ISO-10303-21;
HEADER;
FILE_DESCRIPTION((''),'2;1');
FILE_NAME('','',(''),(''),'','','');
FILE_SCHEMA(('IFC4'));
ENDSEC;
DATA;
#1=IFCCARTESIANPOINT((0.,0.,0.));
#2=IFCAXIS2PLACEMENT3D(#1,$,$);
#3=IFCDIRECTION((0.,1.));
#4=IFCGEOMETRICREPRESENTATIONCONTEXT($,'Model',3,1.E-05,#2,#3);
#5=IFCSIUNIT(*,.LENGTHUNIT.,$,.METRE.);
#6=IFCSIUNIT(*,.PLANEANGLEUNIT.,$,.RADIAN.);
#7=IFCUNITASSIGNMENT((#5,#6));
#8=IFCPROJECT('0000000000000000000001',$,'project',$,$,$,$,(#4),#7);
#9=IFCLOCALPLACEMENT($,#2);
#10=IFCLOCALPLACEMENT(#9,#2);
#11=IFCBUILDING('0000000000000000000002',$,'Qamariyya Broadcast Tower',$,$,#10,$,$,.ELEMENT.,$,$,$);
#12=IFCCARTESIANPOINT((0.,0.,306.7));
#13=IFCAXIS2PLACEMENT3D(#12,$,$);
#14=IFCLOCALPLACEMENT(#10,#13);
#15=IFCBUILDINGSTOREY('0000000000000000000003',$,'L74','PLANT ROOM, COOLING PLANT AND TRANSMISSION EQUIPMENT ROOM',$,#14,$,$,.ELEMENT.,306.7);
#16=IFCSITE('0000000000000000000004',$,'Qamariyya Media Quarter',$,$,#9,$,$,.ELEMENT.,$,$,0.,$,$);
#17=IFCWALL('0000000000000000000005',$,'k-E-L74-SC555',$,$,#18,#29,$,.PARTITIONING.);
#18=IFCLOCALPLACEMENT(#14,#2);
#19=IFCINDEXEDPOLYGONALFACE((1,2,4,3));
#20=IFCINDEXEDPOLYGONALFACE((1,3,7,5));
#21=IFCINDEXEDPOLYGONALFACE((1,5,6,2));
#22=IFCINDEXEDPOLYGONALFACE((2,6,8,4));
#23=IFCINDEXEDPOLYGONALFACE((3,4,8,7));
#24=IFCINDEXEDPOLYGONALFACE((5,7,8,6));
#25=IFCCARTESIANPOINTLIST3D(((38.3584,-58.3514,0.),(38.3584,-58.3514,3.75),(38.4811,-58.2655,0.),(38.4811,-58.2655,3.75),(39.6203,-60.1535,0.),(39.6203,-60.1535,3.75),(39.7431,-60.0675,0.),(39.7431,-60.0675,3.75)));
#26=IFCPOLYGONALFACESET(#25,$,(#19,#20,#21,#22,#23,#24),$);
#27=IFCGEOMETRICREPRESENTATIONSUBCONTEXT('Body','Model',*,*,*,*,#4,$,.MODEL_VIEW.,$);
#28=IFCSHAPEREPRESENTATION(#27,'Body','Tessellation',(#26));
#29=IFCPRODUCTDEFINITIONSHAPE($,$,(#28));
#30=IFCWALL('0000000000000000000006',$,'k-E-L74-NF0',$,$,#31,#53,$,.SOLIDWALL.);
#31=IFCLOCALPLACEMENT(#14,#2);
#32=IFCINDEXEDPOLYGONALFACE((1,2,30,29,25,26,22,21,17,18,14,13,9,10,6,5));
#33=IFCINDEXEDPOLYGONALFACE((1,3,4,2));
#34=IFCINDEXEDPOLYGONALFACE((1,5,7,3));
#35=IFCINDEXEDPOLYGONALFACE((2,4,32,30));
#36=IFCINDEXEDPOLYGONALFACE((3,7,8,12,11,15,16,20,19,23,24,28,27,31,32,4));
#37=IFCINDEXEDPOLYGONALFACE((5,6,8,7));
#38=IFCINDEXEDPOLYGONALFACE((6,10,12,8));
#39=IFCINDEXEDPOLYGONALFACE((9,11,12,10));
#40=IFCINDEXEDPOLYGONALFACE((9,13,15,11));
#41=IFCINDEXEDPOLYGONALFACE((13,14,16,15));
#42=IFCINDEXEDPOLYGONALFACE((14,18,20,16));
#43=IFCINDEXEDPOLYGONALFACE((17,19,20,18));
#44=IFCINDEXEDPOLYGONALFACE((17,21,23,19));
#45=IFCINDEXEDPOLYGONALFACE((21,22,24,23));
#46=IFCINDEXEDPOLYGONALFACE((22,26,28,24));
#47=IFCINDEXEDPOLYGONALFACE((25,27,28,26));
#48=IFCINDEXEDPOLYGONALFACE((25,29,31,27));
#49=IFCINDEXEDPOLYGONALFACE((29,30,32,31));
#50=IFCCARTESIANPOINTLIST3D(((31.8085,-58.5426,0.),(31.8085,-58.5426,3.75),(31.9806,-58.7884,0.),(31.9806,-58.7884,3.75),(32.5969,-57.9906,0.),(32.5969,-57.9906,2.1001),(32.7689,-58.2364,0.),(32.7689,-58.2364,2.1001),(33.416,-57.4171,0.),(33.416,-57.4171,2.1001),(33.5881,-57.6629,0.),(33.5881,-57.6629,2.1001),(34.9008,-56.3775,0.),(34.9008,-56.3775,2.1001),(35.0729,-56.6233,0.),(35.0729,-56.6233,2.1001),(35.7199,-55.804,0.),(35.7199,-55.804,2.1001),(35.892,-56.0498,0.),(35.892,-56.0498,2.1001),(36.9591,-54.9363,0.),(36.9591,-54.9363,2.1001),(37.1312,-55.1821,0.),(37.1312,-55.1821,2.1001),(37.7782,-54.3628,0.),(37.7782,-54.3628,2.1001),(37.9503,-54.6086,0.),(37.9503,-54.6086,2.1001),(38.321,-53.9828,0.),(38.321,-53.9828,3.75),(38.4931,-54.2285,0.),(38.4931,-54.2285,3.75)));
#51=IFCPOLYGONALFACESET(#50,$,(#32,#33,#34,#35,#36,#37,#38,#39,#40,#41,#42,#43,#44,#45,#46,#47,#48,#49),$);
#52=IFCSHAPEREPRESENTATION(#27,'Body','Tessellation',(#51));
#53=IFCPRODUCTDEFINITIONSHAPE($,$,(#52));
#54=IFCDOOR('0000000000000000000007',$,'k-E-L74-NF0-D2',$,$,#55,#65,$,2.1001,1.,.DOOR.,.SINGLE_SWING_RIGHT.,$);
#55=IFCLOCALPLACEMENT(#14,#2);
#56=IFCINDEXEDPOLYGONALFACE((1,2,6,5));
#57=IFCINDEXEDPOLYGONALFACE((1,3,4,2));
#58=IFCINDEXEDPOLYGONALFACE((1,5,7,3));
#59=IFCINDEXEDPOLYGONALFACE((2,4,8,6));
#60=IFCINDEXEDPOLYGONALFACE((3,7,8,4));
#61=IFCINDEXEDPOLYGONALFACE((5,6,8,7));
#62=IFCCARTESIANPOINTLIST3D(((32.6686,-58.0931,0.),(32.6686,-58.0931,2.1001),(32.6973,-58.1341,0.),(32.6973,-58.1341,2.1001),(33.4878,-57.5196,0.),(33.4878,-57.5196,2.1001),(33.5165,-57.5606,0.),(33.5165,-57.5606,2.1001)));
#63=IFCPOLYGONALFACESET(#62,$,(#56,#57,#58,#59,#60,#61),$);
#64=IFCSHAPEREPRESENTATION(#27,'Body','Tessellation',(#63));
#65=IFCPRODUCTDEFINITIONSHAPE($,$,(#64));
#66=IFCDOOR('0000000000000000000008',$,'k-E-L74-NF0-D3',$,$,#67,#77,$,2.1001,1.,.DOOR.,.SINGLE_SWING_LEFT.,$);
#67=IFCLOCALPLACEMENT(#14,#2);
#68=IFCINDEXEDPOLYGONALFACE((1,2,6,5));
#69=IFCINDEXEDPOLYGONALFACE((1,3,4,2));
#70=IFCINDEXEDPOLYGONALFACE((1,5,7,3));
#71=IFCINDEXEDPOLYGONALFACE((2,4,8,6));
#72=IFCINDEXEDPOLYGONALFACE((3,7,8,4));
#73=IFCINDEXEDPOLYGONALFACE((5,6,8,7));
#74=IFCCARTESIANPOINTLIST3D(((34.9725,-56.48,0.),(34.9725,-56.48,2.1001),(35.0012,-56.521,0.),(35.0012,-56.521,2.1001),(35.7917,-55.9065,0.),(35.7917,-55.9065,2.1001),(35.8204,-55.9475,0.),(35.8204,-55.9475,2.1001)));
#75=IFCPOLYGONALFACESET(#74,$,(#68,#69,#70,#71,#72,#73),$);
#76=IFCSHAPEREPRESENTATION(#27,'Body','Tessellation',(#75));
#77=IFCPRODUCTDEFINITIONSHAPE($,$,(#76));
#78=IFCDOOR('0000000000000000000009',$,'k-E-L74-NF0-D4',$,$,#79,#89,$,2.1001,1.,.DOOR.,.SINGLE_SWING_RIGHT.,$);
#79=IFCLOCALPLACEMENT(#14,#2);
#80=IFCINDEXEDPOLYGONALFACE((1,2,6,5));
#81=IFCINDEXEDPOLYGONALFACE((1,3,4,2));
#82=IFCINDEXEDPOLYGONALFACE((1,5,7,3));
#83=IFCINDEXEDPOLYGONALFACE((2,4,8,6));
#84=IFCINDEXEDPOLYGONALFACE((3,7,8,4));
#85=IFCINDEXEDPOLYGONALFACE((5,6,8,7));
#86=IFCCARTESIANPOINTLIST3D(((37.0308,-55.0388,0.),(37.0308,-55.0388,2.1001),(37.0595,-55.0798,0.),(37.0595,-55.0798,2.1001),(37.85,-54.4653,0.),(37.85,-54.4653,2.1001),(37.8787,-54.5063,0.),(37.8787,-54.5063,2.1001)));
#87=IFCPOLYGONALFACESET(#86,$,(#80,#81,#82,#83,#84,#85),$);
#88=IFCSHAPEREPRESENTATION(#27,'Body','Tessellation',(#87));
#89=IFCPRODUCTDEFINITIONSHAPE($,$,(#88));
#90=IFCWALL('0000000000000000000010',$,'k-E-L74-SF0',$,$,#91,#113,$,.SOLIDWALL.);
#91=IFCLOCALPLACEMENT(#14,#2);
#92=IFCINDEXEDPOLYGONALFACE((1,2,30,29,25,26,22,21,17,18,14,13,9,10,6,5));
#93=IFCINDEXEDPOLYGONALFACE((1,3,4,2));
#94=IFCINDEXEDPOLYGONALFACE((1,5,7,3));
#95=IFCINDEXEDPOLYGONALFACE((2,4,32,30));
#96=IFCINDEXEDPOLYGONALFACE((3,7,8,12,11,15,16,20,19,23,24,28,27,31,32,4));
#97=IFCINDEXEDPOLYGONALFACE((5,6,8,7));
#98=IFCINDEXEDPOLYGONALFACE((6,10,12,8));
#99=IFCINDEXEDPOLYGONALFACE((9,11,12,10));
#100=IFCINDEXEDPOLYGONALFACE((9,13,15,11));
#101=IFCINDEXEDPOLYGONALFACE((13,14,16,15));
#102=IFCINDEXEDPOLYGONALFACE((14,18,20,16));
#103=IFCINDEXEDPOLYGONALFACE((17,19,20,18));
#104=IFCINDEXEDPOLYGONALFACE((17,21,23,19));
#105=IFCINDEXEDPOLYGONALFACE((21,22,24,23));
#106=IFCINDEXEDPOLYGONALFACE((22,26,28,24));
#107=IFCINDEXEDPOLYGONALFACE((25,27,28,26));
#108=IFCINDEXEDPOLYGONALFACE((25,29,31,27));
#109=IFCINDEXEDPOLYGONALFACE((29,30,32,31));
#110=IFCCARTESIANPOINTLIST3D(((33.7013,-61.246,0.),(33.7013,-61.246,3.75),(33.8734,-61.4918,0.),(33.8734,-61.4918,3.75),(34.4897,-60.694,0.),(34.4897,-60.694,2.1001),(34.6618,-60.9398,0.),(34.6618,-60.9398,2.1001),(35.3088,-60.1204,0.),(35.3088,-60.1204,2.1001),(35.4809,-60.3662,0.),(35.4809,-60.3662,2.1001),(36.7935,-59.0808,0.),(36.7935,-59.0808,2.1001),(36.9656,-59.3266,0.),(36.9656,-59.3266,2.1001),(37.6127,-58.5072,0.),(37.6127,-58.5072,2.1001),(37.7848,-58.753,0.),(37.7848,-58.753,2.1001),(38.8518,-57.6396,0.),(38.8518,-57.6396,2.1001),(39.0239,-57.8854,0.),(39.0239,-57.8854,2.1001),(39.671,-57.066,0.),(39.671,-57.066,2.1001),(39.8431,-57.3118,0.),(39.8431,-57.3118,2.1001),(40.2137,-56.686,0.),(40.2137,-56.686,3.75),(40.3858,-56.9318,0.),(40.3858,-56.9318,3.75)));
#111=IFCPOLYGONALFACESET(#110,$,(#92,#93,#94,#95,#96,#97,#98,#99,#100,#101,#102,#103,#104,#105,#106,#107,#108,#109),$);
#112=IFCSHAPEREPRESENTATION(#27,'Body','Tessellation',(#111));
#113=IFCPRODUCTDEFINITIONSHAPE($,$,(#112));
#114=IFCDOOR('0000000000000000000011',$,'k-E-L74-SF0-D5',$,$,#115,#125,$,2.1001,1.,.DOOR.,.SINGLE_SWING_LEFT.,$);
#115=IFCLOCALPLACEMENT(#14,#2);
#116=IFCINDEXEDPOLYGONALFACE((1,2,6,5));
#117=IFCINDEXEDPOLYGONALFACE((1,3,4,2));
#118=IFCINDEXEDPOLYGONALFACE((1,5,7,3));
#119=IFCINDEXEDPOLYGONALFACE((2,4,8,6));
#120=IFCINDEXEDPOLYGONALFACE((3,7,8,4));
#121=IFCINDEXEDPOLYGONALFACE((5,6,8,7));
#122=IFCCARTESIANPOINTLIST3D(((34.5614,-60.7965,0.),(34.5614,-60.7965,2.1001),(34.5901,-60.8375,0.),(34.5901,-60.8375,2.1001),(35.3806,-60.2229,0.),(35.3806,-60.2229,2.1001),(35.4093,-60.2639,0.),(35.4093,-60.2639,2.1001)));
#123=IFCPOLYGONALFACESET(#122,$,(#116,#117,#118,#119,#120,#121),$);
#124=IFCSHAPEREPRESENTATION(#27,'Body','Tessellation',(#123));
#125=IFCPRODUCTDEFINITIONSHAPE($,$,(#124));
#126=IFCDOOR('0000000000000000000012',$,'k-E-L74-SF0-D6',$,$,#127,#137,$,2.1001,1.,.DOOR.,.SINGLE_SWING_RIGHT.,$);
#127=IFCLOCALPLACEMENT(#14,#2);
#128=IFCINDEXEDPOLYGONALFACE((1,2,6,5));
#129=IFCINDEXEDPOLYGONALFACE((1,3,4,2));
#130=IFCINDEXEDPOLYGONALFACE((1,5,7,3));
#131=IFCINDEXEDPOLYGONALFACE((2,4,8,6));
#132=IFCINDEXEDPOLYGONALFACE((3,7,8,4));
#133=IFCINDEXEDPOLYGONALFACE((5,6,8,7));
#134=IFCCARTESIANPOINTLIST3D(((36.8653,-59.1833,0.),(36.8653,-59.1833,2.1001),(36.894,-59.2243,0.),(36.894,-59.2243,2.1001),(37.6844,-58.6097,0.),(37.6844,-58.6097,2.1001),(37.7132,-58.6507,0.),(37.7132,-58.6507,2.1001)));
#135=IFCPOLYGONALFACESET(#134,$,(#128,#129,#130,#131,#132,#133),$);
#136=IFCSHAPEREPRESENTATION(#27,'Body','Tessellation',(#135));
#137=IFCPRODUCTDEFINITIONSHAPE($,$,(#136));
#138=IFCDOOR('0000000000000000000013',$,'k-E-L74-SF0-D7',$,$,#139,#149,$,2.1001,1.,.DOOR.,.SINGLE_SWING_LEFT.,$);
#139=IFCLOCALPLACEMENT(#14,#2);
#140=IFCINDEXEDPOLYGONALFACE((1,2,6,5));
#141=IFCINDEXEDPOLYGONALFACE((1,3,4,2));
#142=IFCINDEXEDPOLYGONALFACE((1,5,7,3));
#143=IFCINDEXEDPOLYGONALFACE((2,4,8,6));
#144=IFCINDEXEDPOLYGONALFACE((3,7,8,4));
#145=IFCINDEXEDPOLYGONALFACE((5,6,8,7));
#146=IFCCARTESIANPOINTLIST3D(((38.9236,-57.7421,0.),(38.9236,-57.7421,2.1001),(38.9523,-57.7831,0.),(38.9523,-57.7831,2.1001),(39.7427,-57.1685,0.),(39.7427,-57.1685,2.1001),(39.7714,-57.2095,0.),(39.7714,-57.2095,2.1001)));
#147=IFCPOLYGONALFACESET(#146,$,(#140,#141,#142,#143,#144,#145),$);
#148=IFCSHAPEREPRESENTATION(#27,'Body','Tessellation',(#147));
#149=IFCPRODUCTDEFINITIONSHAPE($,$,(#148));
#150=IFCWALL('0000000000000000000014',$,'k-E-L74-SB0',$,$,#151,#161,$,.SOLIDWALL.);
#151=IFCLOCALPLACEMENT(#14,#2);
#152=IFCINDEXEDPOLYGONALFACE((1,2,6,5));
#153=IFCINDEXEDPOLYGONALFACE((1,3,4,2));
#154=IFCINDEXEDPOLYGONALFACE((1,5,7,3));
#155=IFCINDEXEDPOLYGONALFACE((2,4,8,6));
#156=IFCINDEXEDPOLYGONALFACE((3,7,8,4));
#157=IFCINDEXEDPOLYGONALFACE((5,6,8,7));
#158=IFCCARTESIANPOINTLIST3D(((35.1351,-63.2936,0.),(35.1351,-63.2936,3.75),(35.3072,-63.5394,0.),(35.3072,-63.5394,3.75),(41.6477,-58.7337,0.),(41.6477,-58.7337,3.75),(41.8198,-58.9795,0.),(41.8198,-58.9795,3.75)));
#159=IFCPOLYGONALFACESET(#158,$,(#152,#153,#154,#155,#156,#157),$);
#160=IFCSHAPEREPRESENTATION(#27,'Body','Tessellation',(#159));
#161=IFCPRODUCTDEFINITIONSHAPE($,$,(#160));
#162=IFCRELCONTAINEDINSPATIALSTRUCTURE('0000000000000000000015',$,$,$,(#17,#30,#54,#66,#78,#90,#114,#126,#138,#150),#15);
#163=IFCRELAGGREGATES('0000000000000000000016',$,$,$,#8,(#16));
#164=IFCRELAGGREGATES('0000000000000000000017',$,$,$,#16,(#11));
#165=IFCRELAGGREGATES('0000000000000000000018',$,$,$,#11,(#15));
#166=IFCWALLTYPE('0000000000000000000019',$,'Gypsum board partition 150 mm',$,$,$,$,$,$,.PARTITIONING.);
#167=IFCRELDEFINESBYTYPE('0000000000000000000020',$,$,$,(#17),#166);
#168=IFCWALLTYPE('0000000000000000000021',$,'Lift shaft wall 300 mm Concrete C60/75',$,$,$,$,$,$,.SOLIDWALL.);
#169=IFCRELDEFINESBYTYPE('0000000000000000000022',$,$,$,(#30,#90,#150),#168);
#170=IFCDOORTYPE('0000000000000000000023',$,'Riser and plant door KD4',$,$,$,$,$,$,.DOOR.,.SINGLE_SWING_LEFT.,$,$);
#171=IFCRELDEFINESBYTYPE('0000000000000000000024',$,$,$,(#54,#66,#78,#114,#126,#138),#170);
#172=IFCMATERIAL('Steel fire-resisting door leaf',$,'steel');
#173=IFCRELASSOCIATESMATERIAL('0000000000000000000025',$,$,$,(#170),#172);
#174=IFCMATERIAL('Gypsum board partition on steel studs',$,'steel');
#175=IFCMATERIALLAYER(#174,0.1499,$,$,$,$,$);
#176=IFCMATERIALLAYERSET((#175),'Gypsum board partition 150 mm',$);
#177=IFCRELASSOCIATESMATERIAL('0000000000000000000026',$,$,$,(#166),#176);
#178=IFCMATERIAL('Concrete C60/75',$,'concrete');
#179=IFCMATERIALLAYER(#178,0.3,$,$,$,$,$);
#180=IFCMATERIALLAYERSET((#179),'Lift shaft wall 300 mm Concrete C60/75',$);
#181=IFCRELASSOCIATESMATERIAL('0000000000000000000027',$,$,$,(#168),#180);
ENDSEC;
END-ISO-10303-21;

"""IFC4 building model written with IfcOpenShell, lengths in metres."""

from ifc_helpers import new_model, si_unit, direction, frame, frame_2d, origin, place, context, subcontext, project, spatial, rectangle, extrude, material, layer, layer_set, type_object, element, fill, save


model = new_model("IFC4")

# Units and contexts
model_context = context("Model", 3, precision=1e-05, world=origin(), true_north=direction((0.0, 1.0)))
body_context = subcontext(model_context, "Body", "Model", "MODEL_VIEW")
ifc_project = project(units=[si_unit("LENGTHUNIT", "METRE"), si_unit("PLANEANGLEUNIT", "RADIAN")], contexts=[model_context])

# Site, building, storey
site_placement = place(None, origin())
site = spatial("IfcSite", under=ifc_project, at=site_placement, Name="Qamariyya Media Quarter", CompositionType="ELEMENT", RefElevation=0.0)
building_placement = place(site_placement, origin())
building = spatial("IfcBuilding", under=site, at=building_placement, Name="Qamariyya Broadcast Tower", CompositionType="ELEMENT")
storey_placement = place(building_placement, frame((0.0, 0.0, 306.7)))
storey = spatial("IfcBuildingStorey", under=building, at=storey_placement, Name="L74", Description="PLANT ROOM, COOLING PLANT AND TRANSMISSION EQUIPMENT ROOM", CompositionType="ELEMENT", Elevation=306.7)

# Shared definitions
ifc_material_1 = material(Name="Concrete C60/75", Category="concrete")
ifc_material_2 = material(Name="Steel fire-resisting door leaf", Category="steel")

# Shared definitions
door_type_1 = type_object("IfcDoorType", Name="Riser and plant door KD4", OperationType="SINGLE_SWING_LEFT", PredefinedType="DOOR", material=ifc_material_2)

# Wall
ifc_material_3 = material(Name="Gypsum board partition on steel studs", Category="steel")
ifc_layer_1 = layer(ifc_material_3, 0.1499)
ifc_layer_set_1 = layer_set([ifc_layer_1], Name="Gypsum board partition 150 mm")
wall_type_1 = type_object("IfcWallType", Name="Gypsum board partition 150 mm", PredefinedType="PARTITIONING", material=ifc_layer_set_1)
for number, where, z_axis, x_axis, name in (
    (1, (38.4197, -58.3083, 0.0), (0.0, 0.0, 1.0), (0.573634, -0.819112, 0.0), "k-E-L74-SC555"),
):
    element("IfcWall", number, at=place(storey_placement, frame(where, z_axis=z_axis, x_axis=x_axis)), inside=storey, type_object=wall_type_1, Name=name, PredefinedType="PARTITIONING", context=body_context, shape_type="SweptSolid", body=[
        extrude(rectangle(XDim=2.2, YDim=0.1499, at=frame_2d((1.1001, 0.0))), origin(), (0.0, 0.0, 1.0), 3.75),
    ])

# Walls, openings, doors
ifc_layer_2 = layer(ifc_material_1, 0.3)
ifc_layer_set_2 = layer_set([ifc_layer_2], Name="Lift shaft wall 300 mm Concrete C60/75")
wall_type_2 = type_object("IfcWallType", Name="Lift shaft wall 300 mm Concrete C60/75", PredefinedType="SOLIDWALL", material=ifc_layer_set_2)
wall_1_placement = place(storey_placement, frame((31.8945, -58.6655, 0.0), z_axis=(0.0, 0.0, 1.0), x_axis=(0.819167, 0.573555, 0.0)))
wall_1 = element("IfcWall", 2, at=wall_1_placement, inside=storey, type_object=wall_type_2, Name="k-E-L74-NF0", PredefinedType="SOLIDWALL", context=body_context, shape_type="SweptSolid", body=[
    extrude(rectangle(XDim=7.9502, YDim=0.3, at=frame_2d((3.9751, 0.0))), origin(), (0.0, 0.0, 1.0), 3.75),
])
opening_1_placement = place(wall_1_placement, frame((0.9624, 0.0, 0.0)))
opening_1 = element("IfcOpeningElement", 3, at=opening_1_placement, cuts=wall_1, PredefinedType="OPENING", context=body_context, shape_type="SweptSolid", body=[
    extrude(rectangle(XDim=1.0, YDim=2.1001, at=frame_2d((0.5, 1.05))), frame((0.0, 0.1599, 0.0), z_axis=(0.0, -1.0, 0.0), x_axis=(1.0, 0.0, 0.0)), (0.0, 0.0, 1.0), 0.3201),
])
opening_2_placement = place(wall_1_placement, frame((3.7749, 0.0, 0.0)))
opening_2 = element("IfcOpeningElement", 4, at=opening_2_placement, cuts=wall_1, PredefinedType="OPENING", context=body_context, shape_type="SweptSolid", body=[
    extrude(rectangle(XDim=1.0, YDim=2.1001, at=frame_2d((0.5, 1.05))), frame((0.0, 0.1599, 0.0), z_axis=(0.0, -1.0, 0.0), x_axis=(1.0, 0.0, 0.0)), (0.0, 0.0, 1.0), 0.3201),
])
opening_3_placement = place(wall_1_placement, frame((6.2876, 0.0, 0.0)))
opening_3 = element("IfcOpeningElement", 5, at=opening_3_placement, cuts=wall_1, PredefinedType="OPENING", context=body_context, shape_type="SweptSolid", body=[
    extrude(rectangle(XDim=1.0, YDim=2.1001, at=frame_2d((0.5, 1.05))), frame((0.0, 0.1599, 0.0), z_axis=(0.0, -1.0, 0.0), x_axis=(1.0, 0.0, 0.0)), (0.0, 0.0, 1.0), 0.3201),
])
door_1_placement = place(opening_1_placement, origin())
door_1 = element("IfcDoor", 6, at=door_1_placement, inside=storey, type_object=door_type_1, Name="k-E-L74-NF0-D2", OperationType="SINGLE_SWING_RIGHT", OverallHeight=2.1001, OverallWidth=1.0, PredefinedType="DOOR", context=body_context, shape_type="SweptSolid", body=[
    extrude(rectangle(XDim=1.0, YDim=2.1001, at=frame_2d((0.5, 1.05))), frame((0.0, 0.0249, 0.0), z_axis=(0.0, -1.0, 0.0), x_axis=(1.0, 0.0, 0.0)), (0.0, 0.0, 1.0), 0.05),
])
fill(opening_1, door_1)
door_2_placement = place(opening_2_placement, origin())
door_2 = element("IfcDoor", 7, at=door_2_placement, inside=storey, type_object=door_type_1, Name="k-E-L74-NF0-D3", OperationType="SINGLE_SWING_LEFT", OverallHeight=2.1001, OverallWidth=1.0, PredefinedType="DOOR", context=body_context, shape_type="SweptSolid", body=[
    extrude(rectangle(XDim=1.0, YDim=2.1001, at=frame_2d((0.5, 1.05))), frame((0.0, 0.0249, 0.0), z_axis=(0.0, -1.0, 0.0), x_axis=(1.0, 0.0, 0.0)), (0.0, 0.0, 1.0), 0.05),
])
fill(opening_2, door_2)
door_3_placement = place(opening_3_placement, origin())
door_3 = element("IfcDoor", 8, at=door_3_placement, inside=storey, type_object=door_type_1, Name="k-E-L74-NF0-D4", OperationType="SINGLE_SWING_RIGHT", OverallHeight=2.1001, OverallWidth=1.0, PredefinedType="DOOR", context=body_context, shape_type="SweptSolid", body=[
    extrude(rectangle(XDim=1.0, YDim=2.1001, at=frame_2d((0.5, 1.05))), frame((0.0, 0.0249, 0.0), z_axis=(0.0, -1.0, 0.0), x_axis=(1.0, 0.0, 0.0)), (0.0, 0.0, 1.0), 0.05),
])
fill(opening_3, door_3)
wall_2_placement = place(storey_placement, frame((33.7874, -61.3689, 0.0), z_axis=(0.0, 0.0, 1.0), x_axis=(0.819153, 0.573576, 0.0)))
wall_2 = element("IfcWall", 9, at=wall_2_placement, inside=storey, type_object=wall_type_2, Name="k-E-L74-SF0", PredefinedType="SOLIDWALL", context=body_context, shape_type="SweptSolid", body=[
    extrude(rectangle(XDim=7.9502, YDim=0.3, at=frame_2d((3.9751, 0.0))), origin(), (0.0, 0.0, 1.0), 3.75),
])
opening_4_placement = place(wall_2_placement, frame((0.9624, 0.0, 0.0)))
opening_4 = element("IfcOpeningElement", 10, at=opening_4_placement, cuts=wall_2, PredefinedType="OPENING", context=body_context, shape_type="SweptSolid", body=[
    extrude(rectangle(XDim=1.0, YDim=2.1001, at=frame_2d((0.5, 1.05))), frame((0.0, 0.1599, 0.0), z_axis=(0.0, -1.0, 0.0), x_axis=(1.0, 0.0, 0.0)), (0.0, 0.0, 1.0), 0.3201),
])
opening_5_placement = place(wall_2_placement, frame((3.7749, 0.0, 0.0)))
opening_5 = element("IfcOpeningElement", 11, at=opening_5_placement, cuts=wall_2, PredefinedType="OPENING", context=body_context, shape_type="SweptSolid", body=[
    extrude(rectangle(XDim=1.0, YDim=2.1001, at=frame_2d((0.5, 1.05))), frame((0.0, 0.1599, 0.0), z_axis=(0.0, -1.0, 0.0), x_axis=(1.0, 0.0, 0.0)), (0.0, 0.0, 1.0), 0.3201),
])
opening_6_placement = place(wall_2_placement, frame((6.2876, 0.0, 0.0)))
opening_6 = element("IfcOpeningElement", 12, at=opening_6_placement, cuts=wall_2, PredefinedType="OPENING", context=body_context, shape_type="SweptSolid", body=[
    extrude(rectangle(XDim=1.0, YDim=2.1001, at=frame_2d((0.5, 1.05))), frame((0.0, 0.1599, 0.0), z_axis=(0.0, -1.0, 0.0), x_axis=(1.0, 0.0, 0.0)), (0.0, 0.0, 1.0), 0.3201),
])
door_4_placement = place(opening_4_placement, origin())
door_4 = element("IfcDoor", 13, at=door_4_placement, inside=storey, type_object=door_type_1, Name="k-E-L74-SF0-D5", OperationType="SINGLE_SWING_LEFT", OverallHeight=2.1001, OverallWidth=1.0, PredefinedType="DOOR", context=body_context, shape_type="SweptSolid", body=[
    extrude(rectangle(XDim=1.0, YDim=2.1001, at=frame_2d((0.5, 1.05))), frame((0.0, 0.0249, 0.0), z_axis=(0.0, -1.0, 0.0), x_axis=(1.0, 0.0, 0.0)), (0.0, 0.0, 1.0), 0.05),
])
fill(opening_4, door_4)
door_5_placement = place(opening_5_placement, origin())
door_5 = element("IfcDoor", 14, at=door_5_placement, inside=storey, type_object=door_type_1, Name="k-E-L74-SF0-D6", OperationType="SINGLE_SWING_RIGHT", OverallHeight=2.1001, OverallWidth=1.0, PredefinedType="DOOR", context=body_context, shape_type="SweptSolid", body=[
    extrude(rectangle(XDim=1.0, YDim=2.1001, at=frame_2d((0.5, 1.05))), frame((0.0, 0.0249, 0.0), z_axis=(0.0, -1.0, 0.0), x_axis=(1.0, 0.0, 0.0)), (0.0, 0.0, 1.0), 0.05),
])
fill(opening_5, door_5)
door_6_placement = place(opening_6_placement, origin())
door_6 = element("IfcDoor", 15, at=door_6_placement, inside=storey, type_object=door_type_1, Name="k-E-L74-SF0-D7", OperationType="SINGLE_SWING_LEFT", OverallHeight=2.1001, OverallWidth=1.0, PredefinedType="DOOR", context=body_context, shape_type="SweptSolid", body=[
    extrude(rectangle(XDim=1.0, YDim=2.1001, at=frame_2d((0.5, 1.05))), frame((0.0, 0.0249, 0.0), z_axis=(0.0, -1.0, 0.0), x_axis=(1.0, 0.0, 0.0)), (0.0, 0.0, 1.0), 0.05),
])
fill(opening_6, door_6)

# Wall
wall_3_placement = place(storey_placement, frame((35.2212, -63.4165, 0.0), z_axis=(0.0, 0.0, 1.0), x_axis=(0.819167, 0.573555, 0.0)))
element("IfcWall", 16, at=wall_3_placement, inside=storey, type_object=wall_type_2, Name="k-E-L74-SB0", PredefinedType="SOLIDWALL", context=body_context, shape_type="SweptSolid", body=[
    extrude(rectangle(XDim=7.9502, YDim=0.3, at=frame_2d((3.9751, 0.0))), origin(), (0.0, 0.0, 1.0), 3.75),
])

save(model, "model.ifc")
